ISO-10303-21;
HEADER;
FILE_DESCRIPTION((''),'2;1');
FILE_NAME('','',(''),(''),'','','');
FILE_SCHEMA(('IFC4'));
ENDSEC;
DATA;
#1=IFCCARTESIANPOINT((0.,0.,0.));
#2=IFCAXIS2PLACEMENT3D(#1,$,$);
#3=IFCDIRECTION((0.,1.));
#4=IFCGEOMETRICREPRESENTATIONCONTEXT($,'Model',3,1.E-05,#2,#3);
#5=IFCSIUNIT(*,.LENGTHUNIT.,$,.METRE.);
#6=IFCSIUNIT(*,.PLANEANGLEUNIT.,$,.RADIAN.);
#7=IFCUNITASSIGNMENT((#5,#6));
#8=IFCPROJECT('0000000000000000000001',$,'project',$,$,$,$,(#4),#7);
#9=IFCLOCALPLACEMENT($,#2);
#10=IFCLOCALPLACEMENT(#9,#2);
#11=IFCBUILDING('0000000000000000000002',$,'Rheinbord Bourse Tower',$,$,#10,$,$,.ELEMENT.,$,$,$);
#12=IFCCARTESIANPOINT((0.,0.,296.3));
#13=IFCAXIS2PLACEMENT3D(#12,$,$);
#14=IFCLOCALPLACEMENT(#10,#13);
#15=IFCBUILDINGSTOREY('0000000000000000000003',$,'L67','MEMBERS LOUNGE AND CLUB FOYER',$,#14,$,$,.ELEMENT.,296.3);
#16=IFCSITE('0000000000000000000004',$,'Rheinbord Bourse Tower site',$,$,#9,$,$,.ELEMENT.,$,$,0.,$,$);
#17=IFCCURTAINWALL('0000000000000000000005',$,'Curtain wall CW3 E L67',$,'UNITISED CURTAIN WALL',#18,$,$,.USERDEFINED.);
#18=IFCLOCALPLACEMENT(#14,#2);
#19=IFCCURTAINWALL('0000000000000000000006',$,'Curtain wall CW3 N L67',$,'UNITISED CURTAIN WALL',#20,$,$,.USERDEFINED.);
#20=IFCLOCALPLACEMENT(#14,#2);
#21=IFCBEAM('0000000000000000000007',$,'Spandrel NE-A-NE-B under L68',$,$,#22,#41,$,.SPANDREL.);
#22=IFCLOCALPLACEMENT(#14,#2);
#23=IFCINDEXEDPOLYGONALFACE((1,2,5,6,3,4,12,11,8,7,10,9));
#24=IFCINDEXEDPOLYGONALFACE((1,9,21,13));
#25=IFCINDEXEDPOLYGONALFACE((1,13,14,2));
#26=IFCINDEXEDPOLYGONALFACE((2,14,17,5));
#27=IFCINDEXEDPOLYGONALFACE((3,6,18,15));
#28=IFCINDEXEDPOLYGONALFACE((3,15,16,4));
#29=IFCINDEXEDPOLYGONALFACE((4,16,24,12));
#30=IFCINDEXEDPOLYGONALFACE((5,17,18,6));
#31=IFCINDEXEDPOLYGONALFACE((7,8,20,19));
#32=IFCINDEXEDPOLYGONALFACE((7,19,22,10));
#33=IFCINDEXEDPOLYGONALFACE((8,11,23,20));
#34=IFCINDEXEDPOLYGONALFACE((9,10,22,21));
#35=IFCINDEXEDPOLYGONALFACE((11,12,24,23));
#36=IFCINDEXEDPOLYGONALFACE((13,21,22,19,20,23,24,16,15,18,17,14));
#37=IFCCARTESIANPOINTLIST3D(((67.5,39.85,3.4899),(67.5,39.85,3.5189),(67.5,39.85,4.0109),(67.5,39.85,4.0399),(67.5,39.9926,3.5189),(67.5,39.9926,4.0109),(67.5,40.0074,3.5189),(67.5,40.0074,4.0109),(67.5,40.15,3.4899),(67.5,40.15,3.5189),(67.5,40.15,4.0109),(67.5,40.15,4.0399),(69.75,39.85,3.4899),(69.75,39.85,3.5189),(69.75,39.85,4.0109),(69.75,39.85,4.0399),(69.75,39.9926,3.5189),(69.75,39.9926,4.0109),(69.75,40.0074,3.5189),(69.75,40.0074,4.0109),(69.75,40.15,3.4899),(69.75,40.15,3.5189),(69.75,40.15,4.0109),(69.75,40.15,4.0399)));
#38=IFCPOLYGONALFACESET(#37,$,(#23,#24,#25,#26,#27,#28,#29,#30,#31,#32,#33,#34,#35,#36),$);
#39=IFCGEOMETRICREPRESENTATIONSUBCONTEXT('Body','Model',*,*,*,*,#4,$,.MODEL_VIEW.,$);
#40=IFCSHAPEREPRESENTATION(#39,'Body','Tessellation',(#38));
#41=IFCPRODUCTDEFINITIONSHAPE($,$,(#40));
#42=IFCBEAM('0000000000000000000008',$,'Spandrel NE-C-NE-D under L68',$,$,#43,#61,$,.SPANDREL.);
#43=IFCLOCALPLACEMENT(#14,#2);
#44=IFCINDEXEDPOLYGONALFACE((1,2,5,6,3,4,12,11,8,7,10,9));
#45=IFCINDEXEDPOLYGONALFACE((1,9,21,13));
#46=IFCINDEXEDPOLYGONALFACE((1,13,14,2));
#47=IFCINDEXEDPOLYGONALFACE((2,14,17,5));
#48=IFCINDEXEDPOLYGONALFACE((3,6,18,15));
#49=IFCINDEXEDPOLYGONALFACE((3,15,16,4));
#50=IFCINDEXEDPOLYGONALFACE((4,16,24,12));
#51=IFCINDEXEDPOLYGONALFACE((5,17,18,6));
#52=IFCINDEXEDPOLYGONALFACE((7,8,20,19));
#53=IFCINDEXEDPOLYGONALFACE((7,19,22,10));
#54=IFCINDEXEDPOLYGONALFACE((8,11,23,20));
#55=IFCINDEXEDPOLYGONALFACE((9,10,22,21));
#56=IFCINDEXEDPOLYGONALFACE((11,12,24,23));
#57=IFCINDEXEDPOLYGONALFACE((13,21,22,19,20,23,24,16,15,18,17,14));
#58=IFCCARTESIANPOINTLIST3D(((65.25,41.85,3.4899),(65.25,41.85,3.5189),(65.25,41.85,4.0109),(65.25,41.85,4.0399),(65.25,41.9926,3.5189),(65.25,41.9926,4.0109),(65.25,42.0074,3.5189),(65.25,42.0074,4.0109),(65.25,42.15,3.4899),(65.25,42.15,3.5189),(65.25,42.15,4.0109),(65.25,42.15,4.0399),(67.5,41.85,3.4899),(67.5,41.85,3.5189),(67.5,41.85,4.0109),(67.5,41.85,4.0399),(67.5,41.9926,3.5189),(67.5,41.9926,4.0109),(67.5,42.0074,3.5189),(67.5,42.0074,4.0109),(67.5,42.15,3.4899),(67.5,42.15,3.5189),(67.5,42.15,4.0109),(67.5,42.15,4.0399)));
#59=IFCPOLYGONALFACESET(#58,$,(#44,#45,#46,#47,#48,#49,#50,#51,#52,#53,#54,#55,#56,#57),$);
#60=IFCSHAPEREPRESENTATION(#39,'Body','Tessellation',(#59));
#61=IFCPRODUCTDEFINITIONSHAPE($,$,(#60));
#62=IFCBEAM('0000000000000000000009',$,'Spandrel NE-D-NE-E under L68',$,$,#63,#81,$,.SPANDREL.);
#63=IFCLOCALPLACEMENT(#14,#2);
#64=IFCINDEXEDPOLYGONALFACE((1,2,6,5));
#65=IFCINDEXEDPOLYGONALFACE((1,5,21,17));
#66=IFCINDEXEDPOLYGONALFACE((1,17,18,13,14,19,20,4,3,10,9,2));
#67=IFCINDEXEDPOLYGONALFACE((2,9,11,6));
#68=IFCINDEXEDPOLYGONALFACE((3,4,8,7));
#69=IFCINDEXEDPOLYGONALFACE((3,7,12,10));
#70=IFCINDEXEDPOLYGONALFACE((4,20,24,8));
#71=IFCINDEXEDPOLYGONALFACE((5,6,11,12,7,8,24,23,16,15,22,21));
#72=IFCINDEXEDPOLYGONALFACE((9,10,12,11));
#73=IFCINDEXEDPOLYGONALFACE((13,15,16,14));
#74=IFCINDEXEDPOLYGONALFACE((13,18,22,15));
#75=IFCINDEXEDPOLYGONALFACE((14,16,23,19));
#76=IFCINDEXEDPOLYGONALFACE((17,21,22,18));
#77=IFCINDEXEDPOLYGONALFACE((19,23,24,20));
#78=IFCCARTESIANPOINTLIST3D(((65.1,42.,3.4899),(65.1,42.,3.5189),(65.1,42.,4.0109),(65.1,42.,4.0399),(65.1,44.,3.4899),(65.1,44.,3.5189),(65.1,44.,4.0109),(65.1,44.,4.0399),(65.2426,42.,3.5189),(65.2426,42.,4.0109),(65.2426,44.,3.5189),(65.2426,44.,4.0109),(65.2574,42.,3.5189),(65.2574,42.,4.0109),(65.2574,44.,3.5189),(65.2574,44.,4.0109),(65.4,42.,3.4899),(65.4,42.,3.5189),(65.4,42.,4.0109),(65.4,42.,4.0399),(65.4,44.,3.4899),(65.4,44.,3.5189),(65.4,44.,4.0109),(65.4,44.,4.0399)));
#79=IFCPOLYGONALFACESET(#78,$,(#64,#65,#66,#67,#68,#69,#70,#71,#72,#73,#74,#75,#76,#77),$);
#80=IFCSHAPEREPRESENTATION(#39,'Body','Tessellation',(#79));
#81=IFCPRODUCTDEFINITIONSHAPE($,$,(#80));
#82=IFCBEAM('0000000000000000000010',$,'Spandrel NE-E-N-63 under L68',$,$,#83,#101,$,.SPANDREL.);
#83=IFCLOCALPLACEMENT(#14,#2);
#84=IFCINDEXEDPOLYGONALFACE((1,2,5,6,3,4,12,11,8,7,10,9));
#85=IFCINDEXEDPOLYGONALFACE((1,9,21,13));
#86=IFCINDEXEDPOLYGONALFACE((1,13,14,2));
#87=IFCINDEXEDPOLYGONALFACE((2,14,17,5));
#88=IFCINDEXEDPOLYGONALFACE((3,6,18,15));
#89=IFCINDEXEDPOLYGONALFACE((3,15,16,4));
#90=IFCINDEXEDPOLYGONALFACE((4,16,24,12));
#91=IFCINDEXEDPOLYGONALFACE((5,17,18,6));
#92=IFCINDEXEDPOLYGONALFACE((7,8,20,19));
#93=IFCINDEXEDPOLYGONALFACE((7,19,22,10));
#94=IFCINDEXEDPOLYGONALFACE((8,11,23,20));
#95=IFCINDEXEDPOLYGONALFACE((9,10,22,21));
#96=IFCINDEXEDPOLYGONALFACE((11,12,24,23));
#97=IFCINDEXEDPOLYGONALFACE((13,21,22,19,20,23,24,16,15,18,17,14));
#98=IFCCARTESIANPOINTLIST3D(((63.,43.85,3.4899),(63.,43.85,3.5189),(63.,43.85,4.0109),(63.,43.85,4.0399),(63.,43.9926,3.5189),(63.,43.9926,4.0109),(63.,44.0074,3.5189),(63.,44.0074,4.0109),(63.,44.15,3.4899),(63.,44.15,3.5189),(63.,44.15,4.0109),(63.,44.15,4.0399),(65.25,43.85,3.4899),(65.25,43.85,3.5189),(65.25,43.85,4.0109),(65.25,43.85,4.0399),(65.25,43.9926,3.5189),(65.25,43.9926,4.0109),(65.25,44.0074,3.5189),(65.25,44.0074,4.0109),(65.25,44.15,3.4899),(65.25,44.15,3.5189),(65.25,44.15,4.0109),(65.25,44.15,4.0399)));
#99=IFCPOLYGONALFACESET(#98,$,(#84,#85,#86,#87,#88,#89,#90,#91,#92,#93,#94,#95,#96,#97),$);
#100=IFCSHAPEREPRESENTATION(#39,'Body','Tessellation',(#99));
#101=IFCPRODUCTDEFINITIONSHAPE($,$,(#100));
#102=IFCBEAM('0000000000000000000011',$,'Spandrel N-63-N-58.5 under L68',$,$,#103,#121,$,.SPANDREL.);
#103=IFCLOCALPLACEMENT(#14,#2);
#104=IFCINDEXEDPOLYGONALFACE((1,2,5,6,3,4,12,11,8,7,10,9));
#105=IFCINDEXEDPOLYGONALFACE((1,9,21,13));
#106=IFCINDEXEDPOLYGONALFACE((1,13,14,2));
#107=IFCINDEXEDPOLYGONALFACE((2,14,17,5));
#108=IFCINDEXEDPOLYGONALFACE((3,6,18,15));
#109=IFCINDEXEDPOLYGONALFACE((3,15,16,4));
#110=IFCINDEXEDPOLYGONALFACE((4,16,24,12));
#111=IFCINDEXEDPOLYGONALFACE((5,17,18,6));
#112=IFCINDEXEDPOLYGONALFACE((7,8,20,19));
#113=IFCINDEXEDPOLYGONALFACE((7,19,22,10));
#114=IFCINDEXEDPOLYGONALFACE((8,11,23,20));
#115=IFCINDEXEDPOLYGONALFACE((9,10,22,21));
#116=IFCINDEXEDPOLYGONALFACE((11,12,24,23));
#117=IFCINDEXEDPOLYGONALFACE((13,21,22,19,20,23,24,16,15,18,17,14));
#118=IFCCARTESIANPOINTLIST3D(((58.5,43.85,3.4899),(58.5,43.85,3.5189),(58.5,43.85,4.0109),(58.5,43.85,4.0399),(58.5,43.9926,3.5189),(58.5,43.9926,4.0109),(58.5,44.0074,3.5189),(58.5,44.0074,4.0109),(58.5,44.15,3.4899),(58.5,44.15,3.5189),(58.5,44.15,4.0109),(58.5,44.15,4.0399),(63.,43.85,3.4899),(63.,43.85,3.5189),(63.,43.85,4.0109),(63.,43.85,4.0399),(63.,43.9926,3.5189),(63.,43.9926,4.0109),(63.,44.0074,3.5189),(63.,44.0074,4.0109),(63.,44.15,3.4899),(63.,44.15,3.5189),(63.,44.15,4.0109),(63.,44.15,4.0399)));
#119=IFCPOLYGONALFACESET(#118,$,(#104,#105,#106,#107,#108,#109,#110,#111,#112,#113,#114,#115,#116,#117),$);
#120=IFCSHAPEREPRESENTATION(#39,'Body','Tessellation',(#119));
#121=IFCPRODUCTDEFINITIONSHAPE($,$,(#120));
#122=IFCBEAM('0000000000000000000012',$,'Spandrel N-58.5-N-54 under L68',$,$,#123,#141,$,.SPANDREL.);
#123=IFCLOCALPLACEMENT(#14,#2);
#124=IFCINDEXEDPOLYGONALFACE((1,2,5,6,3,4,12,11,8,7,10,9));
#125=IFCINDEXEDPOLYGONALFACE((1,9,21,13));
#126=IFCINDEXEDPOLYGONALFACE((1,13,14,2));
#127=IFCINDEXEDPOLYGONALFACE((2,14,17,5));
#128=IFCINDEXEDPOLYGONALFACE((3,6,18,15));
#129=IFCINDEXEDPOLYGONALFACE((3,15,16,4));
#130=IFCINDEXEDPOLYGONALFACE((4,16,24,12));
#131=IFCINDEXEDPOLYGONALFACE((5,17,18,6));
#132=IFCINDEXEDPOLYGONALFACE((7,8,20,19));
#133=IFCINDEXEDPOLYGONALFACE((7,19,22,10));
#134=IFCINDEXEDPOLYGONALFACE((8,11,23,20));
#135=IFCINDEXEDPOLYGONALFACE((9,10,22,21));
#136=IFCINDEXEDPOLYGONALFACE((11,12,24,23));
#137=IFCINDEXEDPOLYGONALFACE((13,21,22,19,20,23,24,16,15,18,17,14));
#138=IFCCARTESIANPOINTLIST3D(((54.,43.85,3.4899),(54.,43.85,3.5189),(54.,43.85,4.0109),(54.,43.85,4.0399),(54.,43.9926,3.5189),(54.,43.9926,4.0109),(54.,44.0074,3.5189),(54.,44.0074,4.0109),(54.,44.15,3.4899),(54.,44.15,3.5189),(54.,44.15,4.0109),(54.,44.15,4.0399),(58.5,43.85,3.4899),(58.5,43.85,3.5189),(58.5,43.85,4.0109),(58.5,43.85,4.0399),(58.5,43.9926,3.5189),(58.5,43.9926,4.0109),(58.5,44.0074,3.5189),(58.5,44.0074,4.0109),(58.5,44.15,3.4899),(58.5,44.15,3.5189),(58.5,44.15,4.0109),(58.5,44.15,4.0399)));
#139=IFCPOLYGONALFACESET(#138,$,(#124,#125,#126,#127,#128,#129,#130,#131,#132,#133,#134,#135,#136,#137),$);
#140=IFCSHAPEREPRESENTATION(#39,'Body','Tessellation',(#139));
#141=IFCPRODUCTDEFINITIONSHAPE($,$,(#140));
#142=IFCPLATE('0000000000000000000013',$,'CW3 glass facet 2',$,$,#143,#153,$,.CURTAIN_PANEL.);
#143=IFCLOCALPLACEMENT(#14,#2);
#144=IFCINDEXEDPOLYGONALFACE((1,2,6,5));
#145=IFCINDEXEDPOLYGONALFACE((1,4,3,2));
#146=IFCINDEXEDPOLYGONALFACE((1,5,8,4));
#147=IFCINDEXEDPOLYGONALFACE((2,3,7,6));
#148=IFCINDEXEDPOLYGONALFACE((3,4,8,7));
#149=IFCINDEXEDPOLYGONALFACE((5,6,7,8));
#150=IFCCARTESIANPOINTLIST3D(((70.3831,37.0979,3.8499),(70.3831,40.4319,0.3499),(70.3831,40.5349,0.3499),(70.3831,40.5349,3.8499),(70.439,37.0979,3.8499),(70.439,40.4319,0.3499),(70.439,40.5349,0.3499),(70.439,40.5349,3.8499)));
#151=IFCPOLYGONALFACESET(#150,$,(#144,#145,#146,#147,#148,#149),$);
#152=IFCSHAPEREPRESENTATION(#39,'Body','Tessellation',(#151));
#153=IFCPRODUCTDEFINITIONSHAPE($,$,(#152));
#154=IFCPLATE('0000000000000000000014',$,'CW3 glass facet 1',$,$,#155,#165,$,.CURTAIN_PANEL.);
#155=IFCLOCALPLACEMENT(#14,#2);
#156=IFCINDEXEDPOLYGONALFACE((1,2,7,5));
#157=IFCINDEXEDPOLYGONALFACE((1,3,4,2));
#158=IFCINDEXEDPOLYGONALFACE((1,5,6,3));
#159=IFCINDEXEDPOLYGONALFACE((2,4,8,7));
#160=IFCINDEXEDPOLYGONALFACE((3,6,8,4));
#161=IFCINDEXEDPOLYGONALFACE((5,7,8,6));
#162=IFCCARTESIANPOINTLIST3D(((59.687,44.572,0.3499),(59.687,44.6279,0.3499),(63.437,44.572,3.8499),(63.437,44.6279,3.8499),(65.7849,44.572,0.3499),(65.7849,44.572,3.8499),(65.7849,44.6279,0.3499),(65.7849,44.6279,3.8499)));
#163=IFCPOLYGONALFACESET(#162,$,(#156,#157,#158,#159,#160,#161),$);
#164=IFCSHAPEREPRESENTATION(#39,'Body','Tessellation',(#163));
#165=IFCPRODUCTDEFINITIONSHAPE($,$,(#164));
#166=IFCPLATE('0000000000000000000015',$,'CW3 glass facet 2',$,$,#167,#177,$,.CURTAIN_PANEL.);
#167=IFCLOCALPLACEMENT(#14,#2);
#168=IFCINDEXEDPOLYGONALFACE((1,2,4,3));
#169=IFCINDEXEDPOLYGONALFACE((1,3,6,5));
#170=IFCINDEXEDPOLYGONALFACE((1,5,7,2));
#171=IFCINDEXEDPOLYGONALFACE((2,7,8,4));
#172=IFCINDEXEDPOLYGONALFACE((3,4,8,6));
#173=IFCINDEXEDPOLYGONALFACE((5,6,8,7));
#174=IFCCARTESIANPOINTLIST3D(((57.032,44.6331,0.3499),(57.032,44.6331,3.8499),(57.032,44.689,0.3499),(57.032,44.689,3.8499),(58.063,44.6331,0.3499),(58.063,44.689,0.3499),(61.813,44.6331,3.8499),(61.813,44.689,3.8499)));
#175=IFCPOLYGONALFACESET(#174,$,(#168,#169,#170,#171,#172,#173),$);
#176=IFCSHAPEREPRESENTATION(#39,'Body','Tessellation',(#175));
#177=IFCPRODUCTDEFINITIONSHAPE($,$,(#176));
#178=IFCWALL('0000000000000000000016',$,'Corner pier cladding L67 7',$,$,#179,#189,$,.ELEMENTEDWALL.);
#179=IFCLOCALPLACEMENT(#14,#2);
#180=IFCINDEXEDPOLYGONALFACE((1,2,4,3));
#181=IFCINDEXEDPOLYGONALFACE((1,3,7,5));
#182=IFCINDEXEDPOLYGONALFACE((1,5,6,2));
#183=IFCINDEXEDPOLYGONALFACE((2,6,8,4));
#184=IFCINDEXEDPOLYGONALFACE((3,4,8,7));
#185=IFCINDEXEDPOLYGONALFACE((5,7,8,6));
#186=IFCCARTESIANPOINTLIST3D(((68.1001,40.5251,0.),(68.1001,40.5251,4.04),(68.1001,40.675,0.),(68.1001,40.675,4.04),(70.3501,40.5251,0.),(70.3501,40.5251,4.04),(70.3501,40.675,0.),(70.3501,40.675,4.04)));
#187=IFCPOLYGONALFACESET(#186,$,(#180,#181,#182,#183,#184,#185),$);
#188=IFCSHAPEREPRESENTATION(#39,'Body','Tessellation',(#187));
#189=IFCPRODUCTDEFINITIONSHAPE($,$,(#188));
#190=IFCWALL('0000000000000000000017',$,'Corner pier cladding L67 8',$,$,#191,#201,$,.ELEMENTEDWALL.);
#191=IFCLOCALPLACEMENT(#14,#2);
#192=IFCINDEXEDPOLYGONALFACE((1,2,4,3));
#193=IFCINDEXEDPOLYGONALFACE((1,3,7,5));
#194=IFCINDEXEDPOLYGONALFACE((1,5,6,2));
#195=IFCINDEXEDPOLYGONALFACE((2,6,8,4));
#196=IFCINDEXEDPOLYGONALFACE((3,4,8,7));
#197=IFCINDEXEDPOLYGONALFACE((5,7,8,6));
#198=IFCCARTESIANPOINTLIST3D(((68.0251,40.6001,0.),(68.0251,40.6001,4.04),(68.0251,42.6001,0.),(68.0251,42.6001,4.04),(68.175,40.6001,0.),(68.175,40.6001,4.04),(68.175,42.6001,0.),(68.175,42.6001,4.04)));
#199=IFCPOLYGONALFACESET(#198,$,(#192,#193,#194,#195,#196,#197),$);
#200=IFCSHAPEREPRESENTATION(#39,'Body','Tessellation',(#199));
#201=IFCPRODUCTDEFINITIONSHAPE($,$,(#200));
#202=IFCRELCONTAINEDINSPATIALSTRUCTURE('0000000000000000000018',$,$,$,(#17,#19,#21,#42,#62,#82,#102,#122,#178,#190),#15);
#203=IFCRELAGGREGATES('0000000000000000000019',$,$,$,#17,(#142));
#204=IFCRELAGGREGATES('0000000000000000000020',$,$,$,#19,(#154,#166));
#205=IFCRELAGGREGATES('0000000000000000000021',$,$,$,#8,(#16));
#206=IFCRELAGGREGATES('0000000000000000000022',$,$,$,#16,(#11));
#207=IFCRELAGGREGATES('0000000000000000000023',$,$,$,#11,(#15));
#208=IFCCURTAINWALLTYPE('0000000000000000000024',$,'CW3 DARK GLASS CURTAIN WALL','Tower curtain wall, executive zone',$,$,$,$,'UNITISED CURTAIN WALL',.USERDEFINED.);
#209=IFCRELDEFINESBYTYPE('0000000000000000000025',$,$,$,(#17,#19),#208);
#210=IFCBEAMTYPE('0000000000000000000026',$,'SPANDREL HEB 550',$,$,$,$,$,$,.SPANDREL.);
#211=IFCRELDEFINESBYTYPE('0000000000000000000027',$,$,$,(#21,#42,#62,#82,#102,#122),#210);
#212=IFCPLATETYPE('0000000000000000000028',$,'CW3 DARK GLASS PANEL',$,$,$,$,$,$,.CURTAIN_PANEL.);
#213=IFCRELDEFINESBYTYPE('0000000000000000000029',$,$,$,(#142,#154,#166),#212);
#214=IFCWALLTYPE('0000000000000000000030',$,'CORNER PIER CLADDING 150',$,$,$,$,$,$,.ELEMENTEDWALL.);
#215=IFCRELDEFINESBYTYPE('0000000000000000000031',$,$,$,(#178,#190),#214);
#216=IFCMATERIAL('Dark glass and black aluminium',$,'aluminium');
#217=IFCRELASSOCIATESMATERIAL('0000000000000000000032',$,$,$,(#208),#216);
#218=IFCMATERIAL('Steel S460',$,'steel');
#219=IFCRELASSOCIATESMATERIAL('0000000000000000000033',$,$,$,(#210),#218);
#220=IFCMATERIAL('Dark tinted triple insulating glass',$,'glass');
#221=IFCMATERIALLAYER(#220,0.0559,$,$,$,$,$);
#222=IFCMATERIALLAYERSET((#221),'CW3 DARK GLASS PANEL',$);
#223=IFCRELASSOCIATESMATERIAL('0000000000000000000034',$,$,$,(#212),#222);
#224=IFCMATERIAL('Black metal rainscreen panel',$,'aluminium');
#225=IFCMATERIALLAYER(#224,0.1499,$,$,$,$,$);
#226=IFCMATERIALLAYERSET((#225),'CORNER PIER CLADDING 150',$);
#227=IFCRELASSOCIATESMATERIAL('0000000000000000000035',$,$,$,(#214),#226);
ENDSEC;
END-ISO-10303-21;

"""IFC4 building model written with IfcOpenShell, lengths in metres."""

from ifc_helpers import new_model, si_unit, direction, frame, frame_2d, origin, origin_2d, place, context, subcontext, project, spatial, polyline, rectangle, i_section, outline, extrude, material, layer, layer_set, material_profile, profile_set, type_object, element, aggregate, save


model = new_model("IFC4")

# Units and contexts
model_context = context("Model", 3, precision=1e-05, world=origin(), true_north=direction((0.0, 1.0)))
body_context = subcontext(model_context, "Body", "Model", "MODEL_VIEW")
ifc_project = project(units=[si_unit("LENGTHUNIT", "METRE"), si_unit("PLANEANGLEUNIT", "RADIAN")], contexts=[model_context])

# Site, building, storey
site_placement = place(None, origin())
site = spatial("IfcSite", under=ifc_project, at=site_placement, Name="Rheinbord Bourse Tower site", CompositionType="ELEMENT", RefElevation=0.0)
building_placement = place(site_placement, origin())
building = spatial("IfcBuilding", under=site, at=building_placement, Name="Rheinbord Bourse Tower", CompositionType="ELEMENT")
storey_placement = place(building_placement, frame((0.0, 0.0, 296.3)))
storey = spatial("IfcBuildingStorey", under=building, at=storey_placement, Name="L67", Description="MEMBERS LOUNGE AND CLUB FOYER", CompositionType="ELEMENT", Elevation=296.3)

# Curtain walls
ifc_material_1 = material(Name="Dark glass and black aluminium", Category="aluminium")
curtain_wall_type = type_object("IfcCurtainWallType", Name="CW3 DARK GLASS CURTAIN WALL", Description="Tower curtain wall, executive zone", ElementType="UNITISED CURTAIN WALL", PredefinedType="USERDEFINED", material=ifc_material_1)
curtain_wall_1_placement = place(storey_placement, origin())
curtain_wall_1 = element("IfcCurtainWall", 1, at=curtain_wall_1_placement, inside=storey, type_object=curtain_wall_type, Name="Curtain wall CW3 E L67", ObjectType="UNITISED CURTAIN WALL", PredefinedType="USERDEFINED")
curtain_wall_2_placement = place(storey_placement, origin())
curtain_wall_2 = element("IfcCurtainWall", 2, at=curtain_wall_2_placement, inside=storey, type_object=curtain_wall_type, Name="Curtain wall CW3 N L67", ObjectType="UNITISED CURTAIN WALL", PredefinedType="USERDEFINED")

# Beams
ifc_material_2 = material(Name="Steel S460", Category="steel")
ifc_material_profile_1 = material_profile(ifc_material_2, i_section(OverallWidth=0.3, OverallDepth=0.55, WebThickness=0.0149, FlangeThickness=0.0291, at=origin_2d()), Name="HEB 550")
ifc_profile_set_1 = profile_set([ifc_material_profile_1], Name="Steel S460")
beam_type_1 = type_object("IfcBeamType", Name="SPANDREL HEB 550", PredefinedType="SPANDREL", material=ifc_profile_set_1)
for number, where, z_axis, x_axis, name in (
    (3, (69.75, 40.0, 3.7649), (-1.0, 0.0, 0.0), (0.0, -1.0, 0.0), "Spandrel NE-A-NE-B under L68"),
    (4, (67.5, 42.0, 3.7649), (-1.0, 0.0, 0.0), (0.0, -1.0, 0.0), "Spandrel NE-C-NE-D under L68"),
):
    element("IfcBeam", number, at=place(storey_placement, frame(where, z_axis=z_axis, x_axis=x_axis)), inside=storey, type_object=beam_type_1, Name=name, PredefinedType="SPANDREL", context=body_context, shape_type="SweptSolid", body=[
        extrude(i_section(OverallWidth=0.3, OverallDepth=0.55, WebThickness=0.0149, FlangeThickness=0.0291, at=origin_2d()), origin(), (0.0, 0.0, 1.0), 2.25),
    ])
beam_1_placement = place(storey_placement, frame((65.25, 42.0, 3.7649), z_axis=(0.0, 1.0, 0.0), x_axis=(-1.0, 0.0, 0.0)))
element("IfcBeam", 5, at=beam_1_placement, inside=storey, type_object=beam_type_1, Name="Spandrel NE-D-NE-E under L68", PredefinedType="SPANDREL", context=body_context, shape_type="SweptSolid", body=[
    extrude(i_section(OverallWidth=0.3, OverallDepth=0.55, WebThickness=0.0149, FlangeThickness=0.0291, at=origin_2d()), origin(), (0.0, 0.0, 1.0), 2.0),
])
beam_2_placement = place(storey_placement, frame((65.25, 44.0, 3.7649), z_axis=(-1.0, 0.0, 0.0), x_axis=(0.0, -1.0, 0.0)))
element("IfcBeam", 6, at=beam_2_placement, inside=storey, type_object=beam_type_1, Name="Spandrel NE-E-N-63 under L68", PredefinedType="SPANDREL", context=body_context, shape_type="SweptSolid", body=[
    extrude(i_section(OverallWidth=0.3, OverallDepth=0.55, WebThickness=0.0149, FlangeThickness=0.0291, at=origin_2d()), origin(), (0.0, 0.0, 1.0), 2.25),
])
for number, where, z_axis, x_axis, name in (
    (7, (63.0, 44.0, 3.7649), (-1.0, 0.0, 0.0), (0.0, -1.0, 0.0), "Spandrel N-63-N-58.5 under L68"),
    (8, (58.5, 44.0, 3.7649), (-1.0, 0.0, 0.0), (0.0, -1.0, 0.0), "Spandrel N-58.5-N-54 under L68"),
):
    element("IfcBeam", number, at=place(storey_placement, frame(where, z_axis=z_axis, x_axis=x_axis)), inside=storey, type_object=beam_type_1, Name=name, PredefinedType="SPANDREL", context=body_context, shape_type="SweptSolid", body=[
        extrude(i_section(OverallWidth=0.3, OverallDepth=0.55, WebThickness=0.0149, FlangeThickness=0.0291, at=origin_2d()), origin(), (0.0, 0.0, 1.0), 4.5),
    ])

# Plates
ifc_material_3 = material(Name="Dark tinted triple insulating glass", Category="glass")
ifc_layer_1 = layer(ifc_material_3, 0.0559)
ifc_layer_set_1 = layer_set([ifc_layer_1], Name="CW3 DARK GLASS PANEL")
plate_type = type_object("IfcPlateType", Name="CW3 DARK GLASS PANEL", PredefinedType="CURTAIN_PANEL", material=ifc_layer_set_1)
plate_1_placement = place(storey_placement, frame((70.439, 40.5349, 3.8499), z_axis=(-1.0, 0.0, 0.0), x_axis=(0.0, 0.0, -1.0)))
plate_1 = element("IfcPlate", 9, at=plate_1_placement, type_object=plate_type, Name="CW3 glass facet 2", PredefinedType="CURTAIN_PANEL", context=body_context, shape_type="SweptSolid", body=[
    extrude(outline(polyline([(0.0, 0.0), (3.5, 0.0), (3.5, 0.103), (0.0, 3.437), (0.0, 0.0)])), origin(), (0.0, 0.0, 1.0), 0.0559),
])
aggregate(curtain_wall_1, [plate_1])
plate_2_placement = place(storey_placement, frame((65.7849, 44.6279, 0.3499), z_axis=(0.0, -1.0, 0.0), x_axis=(0.0, 0.0, 1.0)))
plate_2 = element("IfcPlate", 10, at=plate_2_placement, type_object=plate_type, Name="CW3 glass facet 1", PredefinedType="CURTAIN_PANEL", context=body_context, shape_type="SweptSolid", body=[
    extrude(outline(polyline([(0.0, 0.0), (3.5, 0.0), (3.5, 2.3479), (0.0, 6.0979), (0.0, 0.0)])), origin(), (0.0, 0.0, 1.0), 0.0559),
])
plate_3_placement = place(storey_placement, frame((57.032, 44.689, 3.8499), z_axis=(0.0, -1.0, 0.0), x_axis=(0.0, 0.0, -1.0)))
plate_3 = element("IfcPlate", 11, at=plate_3_placement, type_object=plate_type, Name="CW3 glass facet 2", PredefinedType="CURTAIN_PANEL", context=body_context, shape_type="SweptSolid", body=[
    extrude(outline(polyline([(0.0, 0.0), (3.5, 0.0), (3.5, 1.031), (0.0, 4.781), (0.0, 0.0)])), origin(), (0.0, 0.0, 1.0), 0.0559),
])
aggregate(curtain_wall_2, [plate_2, plate_3])

# Walls
ifc_material_4 = material(Name="Black metal rainscreen panel", Category="aluminium")
ifc_layer_2 = layer(ifc_material_4, 0.1499)
ifc_layer_set_2 = layer_set([ifc_layer_2], Name="CORNER PIER CLADDING 150")
wall_type = type_object("IfcWallType", Name="CORNER PIER CLADDING 150", PredefinedType="ELEMENTEDWALL", material=ifc_layer_set_2)
wall_1_placement = place(storey_placement, frame((70.3501, 40.6001, 0.0), z_axis=(0.0, 0.0, 1.0), x_axis=(-1.0, 0.0, 0.0)))
element("IfcWall", 12, at=wall_1_placement, inside=storey, type_object=wall_type, Name="Corner pier cladding L67 7", PredefinedType="ELEMENTEDWALL", context=body_context, shape_type="SweptSolid", body=[
    extrude(rectangle(XDim=2.25, YDim=0.1499, at=frame_2d((1.125, 0.0))), origin(), (0.0, 0.0, 1.0), 4.04),
])
wall_2_placement = place(storey_placement, frame((68.1001, 40.6001, 0.0), z_axis=(0.0, 0.0, 1.0), x_axis=(0.0, 1.0, 0.0)))
element("IfcWall", 13, at=wall_2_placement, inside=storey, type_object=wall_type, Name="Corner pier cladding L67 8", PredefinedType="ELEMENTEDWALL", context=body_context, shape_type="SweptSolid", body=[
    extrude(rectangle(XDim=2.0, YDim=0.1499, at=frame_2d((1.0, 0.0))), origin(), (0.0, 0.0, 1.0), 4.04),
])

save(model, "model.ifc")
